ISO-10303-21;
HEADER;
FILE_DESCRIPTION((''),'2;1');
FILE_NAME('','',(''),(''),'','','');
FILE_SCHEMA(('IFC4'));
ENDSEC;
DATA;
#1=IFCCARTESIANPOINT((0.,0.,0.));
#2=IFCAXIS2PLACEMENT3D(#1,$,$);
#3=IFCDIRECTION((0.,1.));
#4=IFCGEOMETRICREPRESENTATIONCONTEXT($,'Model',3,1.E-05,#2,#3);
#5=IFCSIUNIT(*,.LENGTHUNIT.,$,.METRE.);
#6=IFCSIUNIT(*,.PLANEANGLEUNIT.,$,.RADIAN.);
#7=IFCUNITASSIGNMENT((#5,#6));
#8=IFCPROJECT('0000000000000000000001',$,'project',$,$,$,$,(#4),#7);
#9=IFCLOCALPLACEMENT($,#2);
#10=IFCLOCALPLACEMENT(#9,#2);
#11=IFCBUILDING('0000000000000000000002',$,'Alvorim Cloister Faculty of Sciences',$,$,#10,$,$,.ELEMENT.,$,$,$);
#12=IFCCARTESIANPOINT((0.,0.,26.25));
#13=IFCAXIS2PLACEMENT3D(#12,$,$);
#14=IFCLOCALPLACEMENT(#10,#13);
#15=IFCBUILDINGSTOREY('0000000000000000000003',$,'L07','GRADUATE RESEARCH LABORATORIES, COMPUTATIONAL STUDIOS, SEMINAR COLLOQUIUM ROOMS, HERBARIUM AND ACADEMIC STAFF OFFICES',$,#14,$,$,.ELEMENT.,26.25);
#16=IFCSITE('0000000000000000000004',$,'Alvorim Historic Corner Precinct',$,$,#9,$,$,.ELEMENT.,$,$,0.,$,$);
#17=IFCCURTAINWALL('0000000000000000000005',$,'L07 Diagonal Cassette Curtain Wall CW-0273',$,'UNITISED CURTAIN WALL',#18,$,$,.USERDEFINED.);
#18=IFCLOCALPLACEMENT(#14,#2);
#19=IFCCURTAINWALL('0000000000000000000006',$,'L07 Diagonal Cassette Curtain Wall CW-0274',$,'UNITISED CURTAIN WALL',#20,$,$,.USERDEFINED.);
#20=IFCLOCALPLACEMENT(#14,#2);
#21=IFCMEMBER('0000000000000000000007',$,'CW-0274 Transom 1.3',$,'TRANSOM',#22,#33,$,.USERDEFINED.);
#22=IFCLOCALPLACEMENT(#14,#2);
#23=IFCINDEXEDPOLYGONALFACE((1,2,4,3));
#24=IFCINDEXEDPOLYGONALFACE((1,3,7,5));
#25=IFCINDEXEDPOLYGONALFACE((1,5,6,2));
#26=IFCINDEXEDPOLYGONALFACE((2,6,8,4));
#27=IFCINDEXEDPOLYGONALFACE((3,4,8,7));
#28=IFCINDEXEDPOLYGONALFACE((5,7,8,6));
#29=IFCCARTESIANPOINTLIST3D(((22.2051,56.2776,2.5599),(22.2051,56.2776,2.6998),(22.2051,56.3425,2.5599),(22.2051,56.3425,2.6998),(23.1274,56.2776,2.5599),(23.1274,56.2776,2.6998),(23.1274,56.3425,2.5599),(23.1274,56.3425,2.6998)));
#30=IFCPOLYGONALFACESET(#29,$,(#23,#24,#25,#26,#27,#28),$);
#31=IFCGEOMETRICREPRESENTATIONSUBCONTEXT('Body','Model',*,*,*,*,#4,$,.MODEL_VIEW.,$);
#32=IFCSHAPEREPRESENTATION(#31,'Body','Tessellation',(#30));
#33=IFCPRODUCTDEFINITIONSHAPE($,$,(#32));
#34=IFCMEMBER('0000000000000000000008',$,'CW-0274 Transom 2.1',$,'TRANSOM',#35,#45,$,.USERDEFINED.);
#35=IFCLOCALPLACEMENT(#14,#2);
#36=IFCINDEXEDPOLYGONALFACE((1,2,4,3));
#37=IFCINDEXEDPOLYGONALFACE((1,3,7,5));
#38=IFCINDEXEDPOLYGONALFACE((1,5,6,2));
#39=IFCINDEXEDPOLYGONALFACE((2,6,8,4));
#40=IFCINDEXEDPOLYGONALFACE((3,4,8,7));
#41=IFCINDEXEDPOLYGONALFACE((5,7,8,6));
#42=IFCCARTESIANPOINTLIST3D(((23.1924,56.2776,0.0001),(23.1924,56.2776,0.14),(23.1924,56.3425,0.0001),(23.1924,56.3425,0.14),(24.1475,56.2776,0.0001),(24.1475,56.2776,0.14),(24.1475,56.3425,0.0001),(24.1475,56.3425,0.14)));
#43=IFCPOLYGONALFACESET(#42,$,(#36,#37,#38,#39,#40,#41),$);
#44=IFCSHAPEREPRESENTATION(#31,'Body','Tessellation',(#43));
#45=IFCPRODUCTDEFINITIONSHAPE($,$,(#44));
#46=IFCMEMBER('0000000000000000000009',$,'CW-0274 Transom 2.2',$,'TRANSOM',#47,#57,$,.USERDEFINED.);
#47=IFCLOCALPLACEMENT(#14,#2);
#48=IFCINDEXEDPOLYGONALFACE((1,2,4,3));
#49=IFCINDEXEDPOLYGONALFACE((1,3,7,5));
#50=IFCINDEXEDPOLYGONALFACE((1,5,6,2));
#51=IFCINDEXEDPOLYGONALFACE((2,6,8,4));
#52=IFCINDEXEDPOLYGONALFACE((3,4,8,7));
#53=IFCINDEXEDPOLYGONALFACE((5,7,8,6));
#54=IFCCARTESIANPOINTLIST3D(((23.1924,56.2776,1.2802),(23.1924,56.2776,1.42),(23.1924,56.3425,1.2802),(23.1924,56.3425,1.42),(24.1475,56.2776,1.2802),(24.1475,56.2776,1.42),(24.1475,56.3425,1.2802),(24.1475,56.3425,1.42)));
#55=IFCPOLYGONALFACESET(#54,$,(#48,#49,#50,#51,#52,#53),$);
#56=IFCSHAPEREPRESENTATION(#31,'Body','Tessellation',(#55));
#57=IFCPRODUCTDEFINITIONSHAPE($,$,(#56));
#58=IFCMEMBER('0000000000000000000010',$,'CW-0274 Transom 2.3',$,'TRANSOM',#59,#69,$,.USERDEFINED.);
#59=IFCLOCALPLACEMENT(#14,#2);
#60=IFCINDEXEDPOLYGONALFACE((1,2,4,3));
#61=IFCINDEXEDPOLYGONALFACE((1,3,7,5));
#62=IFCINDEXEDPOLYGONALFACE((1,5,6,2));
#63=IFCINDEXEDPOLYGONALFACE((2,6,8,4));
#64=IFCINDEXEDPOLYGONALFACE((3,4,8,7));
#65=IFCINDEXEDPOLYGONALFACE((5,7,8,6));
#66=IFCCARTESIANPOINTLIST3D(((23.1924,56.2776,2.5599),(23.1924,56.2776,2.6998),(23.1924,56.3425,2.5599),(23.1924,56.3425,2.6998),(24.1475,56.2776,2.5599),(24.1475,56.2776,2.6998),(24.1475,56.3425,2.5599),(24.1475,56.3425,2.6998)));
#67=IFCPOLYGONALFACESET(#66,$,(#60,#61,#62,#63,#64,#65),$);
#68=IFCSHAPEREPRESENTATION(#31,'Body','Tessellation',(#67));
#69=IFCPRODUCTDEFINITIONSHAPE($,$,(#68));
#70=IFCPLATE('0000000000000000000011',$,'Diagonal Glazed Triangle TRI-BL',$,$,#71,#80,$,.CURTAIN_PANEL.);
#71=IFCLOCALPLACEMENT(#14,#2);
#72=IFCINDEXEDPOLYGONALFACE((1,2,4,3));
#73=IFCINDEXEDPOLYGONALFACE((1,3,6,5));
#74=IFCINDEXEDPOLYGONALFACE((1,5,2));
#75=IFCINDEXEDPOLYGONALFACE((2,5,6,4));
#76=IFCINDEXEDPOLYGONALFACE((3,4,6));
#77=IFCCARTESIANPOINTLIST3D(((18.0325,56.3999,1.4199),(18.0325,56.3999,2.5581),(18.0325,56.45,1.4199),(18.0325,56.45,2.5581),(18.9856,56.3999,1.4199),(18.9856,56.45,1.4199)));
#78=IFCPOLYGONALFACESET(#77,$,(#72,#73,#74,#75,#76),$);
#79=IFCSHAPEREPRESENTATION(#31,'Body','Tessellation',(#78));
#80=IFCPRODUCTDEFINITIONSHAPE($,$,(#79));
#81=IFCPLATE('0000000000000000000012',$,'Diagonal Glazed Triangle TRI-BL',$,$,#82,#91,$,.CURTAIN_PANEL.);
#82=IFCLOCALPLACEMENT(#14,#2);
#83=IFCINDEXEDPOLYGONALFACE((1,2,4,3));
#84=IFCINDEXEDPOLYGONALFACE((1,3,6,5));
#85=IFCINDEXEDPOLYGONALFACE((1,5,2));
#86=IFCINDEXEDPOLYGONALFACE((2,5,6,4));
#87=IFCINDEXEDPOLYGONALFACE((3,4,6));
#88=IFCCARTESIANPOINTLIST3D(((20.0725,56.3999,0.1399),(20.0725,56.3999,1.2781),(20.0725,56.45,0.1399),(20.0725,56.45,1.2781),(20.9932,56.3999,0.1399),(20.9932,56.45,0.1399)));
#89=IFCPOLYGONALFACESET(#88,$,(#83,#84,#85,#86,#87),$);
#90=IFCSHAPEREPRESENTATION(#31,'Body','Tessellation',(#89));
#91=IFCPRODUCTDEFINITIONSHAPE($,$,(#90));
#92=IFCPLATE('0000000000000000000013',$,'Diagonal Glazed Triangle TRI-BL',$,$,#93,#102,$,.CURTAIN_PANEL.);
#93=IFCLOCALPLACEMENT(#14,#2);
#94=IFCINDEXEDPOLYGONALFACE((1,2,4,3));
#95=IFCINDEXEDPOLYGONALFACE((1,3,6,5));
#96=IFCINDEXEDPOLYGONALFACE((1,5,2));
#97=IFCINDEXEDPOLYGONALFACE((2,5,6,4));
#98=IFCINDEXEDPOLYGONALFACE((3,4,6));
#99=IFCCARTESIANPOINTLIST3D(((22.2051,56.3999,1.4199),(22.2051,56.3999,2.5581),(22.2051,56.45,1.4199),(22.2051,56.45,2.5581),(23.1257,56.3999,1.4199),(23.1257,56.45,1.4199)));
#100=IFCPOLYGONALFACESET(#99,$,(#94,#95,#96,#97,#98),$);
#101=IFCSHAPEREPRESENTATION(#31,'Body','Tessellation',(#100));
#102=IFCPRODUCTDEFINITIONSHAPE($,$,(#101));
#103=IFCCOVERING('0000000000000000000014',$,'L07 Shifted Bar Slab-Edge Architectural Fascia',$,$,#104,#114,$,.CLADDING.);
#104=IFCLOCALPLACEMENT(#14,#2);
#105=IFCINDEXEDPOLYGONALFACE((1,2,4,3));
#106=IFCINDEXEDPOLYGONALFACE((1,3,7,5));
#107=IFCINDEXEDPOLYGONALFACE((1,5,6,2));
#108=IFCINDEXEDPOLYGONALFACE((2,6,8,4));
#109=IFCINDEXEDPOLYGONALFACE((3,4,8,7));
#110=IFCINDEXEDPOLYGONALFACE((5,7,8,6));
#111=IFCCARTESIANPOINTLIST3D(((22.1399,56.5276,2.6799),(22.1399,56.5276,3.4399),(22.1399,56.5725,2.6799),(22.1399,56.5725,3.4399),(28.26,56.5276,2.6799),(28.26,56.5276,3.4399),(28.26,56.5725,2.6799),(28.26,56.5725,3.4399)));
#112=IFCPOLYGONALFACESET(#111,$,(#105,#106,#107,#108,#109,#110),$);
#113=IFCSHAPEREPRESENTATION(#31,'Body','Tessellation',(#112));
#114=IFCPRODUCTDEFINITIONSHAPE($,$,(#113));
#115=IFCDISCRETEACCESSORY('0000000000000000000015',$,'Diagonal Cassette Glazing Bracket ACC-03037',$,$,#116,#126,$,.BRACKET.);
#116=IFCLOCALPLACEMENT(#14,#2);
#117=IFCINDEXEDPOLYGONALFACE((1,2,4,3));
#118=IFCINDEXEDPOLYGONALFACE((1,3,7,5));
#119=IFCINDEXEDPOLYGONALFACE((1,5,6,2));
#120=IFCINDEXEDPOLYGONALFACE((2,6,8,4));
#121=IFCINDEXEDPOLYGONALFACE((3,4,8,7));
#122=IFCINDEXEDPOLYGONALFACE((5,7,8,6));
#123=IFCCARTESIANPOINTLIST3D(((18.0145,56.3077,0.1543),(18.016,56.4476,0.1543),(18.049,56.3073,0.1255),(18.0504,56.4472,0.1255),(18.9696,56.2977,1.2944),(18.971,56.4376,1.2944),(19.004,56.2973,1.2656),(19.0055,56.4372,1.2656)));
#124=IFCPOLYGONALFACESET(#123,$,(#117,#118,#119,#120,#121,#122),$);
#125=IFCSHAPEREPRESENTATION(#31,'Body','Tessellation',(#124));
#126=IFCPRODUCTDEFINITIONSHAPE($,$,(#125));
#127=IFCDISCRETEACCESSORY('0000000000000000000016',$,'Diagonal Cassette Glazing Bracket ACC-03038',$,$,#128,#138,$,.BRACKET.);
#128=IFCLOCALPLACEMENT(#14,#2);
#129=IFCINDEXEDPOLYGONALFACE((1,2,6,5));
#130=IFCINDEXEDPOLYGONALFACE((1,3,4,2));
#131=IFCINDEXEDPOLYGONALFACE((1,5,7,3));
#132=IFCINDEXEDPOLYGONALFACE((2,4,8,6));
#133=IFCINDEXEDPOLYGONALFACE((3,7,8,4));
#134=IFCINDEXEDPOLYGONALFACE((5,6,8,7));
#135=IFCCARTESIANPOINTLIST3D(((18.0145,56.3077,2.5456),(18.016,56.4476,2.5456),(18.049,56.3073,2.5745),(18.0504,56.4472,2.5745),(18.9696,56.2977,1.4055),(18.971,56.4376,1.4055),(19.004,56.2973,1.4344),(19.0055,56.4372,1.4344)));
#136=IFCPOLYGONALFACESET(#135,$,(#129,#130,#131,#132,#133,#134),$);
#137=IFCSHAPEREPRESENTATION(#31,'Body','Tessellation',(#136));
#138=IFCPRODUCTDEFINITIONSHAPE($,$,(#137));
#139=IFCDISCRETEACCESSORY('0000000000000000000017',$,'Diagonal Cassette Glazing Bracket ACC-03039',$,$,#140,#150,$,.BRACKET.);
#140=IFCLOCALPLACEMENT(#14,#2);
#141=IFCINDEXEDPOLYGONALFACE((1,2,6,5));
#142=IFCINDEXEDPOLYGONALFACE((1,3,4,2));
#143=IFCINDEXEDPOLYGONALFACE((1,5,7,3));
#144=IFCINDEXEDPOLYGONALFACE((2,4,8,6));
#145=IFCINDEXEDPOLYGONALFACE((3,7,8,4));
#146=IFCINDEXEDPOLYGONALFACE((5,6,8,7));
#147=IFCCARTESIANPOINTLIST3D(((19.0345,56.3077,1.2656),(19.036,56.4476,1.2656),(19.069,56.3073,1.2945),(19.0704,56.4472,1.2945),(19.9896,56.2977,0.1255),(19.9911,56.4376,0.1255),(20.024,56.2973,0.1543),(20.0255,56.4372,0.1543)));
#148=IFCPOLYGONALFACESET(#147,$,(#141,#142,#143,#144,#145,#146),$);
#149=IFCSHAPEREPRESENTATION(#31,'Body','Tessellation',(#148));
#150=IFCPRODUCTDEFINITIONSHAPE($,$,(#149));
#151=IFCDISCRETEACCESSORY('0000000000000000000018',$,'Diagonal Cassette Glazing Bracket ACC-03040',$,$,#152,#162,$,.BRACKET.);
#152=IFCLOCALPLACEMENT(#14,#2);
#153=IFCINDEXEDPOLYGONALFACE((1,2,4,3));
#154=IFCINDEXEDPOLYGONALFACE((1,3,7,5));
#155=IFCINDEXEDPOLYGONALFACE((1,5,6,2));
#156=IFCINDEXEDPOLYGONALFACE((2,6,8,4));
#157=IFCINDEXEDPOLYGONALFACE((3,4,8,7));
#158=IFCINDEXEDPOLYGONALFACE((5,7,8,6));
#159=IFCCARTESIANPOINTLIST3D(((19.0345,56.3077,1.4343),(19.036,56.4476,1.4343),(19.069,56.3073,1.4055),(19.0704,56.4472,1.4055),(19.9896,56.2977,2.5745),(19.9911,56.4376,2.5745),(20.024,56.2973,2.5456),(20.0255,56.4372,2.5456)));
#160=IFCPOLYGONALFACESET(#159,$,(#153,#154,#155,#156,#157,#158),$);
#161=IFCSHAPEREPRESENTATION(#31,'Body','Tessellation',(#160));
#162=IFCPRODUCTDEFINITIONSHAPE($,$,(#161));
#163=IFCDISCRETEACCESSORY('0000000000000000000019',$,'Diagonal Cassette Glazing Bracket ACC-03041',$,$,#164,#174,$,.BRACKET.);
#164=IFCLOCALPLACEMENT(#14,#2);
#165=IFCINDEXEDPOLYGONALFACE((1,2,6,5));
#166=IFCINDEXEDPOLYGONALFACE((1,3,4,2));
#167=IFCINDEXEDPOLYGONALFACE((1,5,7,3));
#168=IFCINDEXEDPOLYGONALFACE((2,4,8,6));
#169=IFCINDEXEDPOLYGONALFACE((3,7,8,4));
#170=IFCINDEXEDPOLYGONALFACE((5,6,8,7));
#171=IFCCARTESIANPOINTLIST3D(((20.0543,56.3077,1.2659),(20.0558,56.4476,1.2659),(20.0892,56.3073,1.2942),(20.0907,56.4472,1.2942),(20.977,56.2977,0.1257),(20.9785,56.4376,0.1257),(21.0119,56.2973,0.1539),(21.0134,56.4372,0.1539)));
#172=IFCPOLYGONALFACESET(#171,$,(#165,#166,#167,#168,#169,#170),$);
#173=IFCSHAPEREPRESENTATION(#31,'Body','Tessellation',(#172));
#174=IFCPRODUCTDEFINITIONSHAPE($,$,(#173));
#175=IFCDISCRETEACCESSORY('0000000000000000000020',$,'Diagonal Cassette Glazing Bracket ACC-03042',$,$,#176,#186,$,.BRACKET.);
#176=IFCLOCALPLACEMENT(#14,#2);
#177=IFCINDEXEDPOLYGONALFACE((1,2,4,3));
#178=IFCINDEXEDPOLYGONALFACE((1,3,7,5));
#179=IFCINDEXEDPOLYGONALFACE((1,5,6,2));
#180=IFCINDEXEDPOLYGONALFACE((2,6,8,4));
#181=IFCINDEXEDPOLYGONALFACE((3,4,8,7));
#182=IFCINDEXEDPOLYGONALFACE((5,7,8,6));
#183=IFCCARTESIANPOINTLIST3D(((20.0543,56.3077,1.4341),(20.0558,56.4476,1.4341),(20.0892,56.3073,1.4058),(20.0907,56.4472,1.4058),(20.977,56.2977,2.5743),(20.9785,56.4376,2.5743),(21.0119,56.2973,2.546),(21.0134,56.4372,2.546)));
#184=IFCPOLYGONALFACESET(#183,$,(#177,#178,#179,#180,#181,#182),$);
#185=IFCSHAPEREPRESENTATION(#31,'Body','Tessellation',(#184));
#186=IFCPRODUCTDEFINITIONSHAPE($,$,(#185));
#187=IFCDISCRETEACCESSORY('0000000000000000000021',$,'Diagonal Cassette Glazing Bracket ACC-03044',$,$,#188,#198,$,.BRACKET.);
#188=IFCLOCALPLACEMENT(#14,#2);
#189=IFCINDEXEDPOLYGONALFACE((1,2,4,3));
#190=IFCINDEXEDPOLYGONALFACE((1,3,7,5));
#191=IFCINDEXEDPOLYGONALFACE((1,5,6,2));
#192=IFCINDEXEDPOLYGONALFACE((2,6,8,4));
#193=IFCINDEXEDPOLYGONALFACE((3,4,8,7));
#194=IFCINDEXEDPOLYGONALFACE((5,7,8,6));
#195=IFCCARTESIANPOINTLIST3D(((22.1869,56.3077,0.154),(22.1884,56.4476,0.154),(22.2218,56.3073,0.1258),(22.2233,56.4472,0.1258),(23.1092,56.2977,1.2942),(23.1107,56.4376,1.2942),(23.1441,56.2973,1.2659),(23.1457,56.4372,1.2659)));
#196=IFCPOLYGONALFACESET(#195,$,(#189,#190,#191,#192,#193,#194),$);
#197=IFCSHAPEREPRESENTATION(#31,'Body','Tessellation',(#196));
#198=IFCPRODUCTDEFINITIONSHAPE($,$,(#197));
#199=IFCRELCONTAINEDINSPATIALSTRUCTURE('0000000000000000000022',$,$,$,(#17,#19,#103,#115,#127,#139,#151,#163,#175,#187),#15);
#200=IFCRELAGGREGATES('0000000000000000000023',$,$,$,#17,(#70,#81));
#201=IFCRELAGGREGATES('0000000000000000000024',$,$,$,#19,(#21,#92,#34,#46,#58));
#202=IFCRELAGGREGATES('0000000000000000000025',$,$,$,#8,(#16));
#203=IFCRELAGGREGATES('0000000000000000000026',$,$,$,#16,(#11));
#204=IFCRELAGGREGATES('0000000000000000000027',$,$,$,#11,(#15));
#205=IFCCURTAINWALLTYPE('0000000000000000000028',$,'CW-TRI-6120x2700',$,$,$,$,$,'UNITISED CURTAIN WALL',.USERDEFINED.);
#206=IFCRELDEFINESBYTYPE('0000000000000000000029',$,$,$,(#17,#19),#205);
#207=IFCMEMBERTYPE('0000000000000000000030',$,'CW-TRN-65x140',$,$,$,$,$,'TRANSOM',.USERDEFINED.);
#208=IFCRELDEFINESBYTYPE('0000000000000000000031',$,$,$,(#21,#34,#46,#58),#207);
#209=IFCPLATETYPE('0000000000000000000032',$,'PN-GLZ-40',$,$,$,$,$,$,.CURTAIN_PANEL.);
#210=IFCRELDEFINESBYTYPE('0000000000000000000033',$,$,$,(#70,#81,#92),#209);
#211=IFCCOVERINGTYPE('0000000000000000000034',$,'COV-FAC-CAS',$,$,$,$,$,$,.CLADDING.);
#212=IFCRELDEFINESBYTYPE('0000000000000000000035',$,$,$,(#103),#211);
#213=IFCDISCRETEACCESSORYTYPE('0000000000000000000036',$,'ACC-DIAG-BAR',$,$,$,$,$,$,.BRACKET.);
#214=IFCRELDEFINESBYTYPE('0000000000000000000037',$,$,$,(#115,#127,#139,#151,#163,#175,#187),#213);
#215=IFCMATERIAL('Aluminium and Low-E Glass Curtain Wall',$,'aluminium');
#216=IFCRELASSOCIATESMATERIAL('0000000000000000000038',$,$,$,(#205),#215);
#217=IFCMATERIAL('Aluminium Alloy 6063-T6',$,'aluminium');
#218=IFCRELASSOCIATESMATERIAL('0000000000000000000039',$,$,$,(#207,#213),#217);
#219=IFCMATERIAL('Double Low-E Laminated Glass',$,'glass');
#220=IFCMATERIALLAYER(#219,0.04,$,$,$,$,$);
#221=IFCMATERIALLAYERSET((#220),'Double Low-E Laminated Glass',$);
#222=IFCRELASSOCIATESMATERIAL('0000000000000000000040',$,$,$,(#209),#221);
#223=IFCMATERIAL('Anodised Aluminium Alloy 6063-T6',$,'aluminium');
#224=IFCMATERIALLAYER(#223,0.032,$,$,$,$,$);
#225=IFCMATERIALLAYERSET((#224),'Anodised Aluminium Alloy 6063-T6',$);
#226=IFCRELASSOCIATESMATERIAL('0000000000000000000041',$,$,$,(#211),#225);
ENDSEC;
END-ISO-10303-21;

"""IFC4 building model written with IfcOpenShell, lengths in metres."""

from ifc_helpers import new_model, si_unit, direction, frame, origin, origin_2d, place, context, subcontext, project, spatial, polyline, rectangle, outline, extrude, material, layer, layer_set, material_profile, profile_set, type_object, element, aggregate, save


model = new_model("IFC4")

# Units and contexts
model_context = context("Model", 3, precision=1e-05, world=origin(), true_north=direction((0.0, 1.0)))
body_context = subcontext(model_context, "Body", "Model", "MODEL_VIEW")
ifc_project = project(units=[si_unit("LENGTHUNIT", "METRE"), si_unit("PLANEANGLEUNIT", "RADIAN")], contexts=[model_context])

# Site, building, storey
site_placement = place(None, origin())
site = spatial("IfcSite", under=ifc_project, at=site_placement, Name="Alvorim Historic Corner Precinct", CompositionType="ELEMENT", RefElevation=0.0)
building_placement = place(site_placement, origin())
building = spatial("IfcBuilding", under=site, at=building_placement, Name="Alvorim Cloister Faculty of Sciences", CompositionType="ELEMENT")
storey_placement = place(building_placement, frame((0.0, 0.0, 26.25)))
storey = spatial("IfcBuildingStorey", under=building, at=storey_placement, Name="L07", Description="GRADUATE RESEARCH LABORATORIES, COMPUTATIONAL STUDIOS, SEMINAR COLLOQUIUM ROOMS, HERBARIUM AND ACADEMIC STAFF OFFICES", CompositionType="ELEMENT", Elevation=26.25)

# Curtain walls
ifc_material_1 = material(Name="Aluminium and Low-E Glass Curtain Wall", Category="aluminium")
curtain_wall_type = type_object("IfcCurtainWallType", Name="CW-TRI-6120x2700", ElementType="UNITISED CURTAIN WALL", PredefinedType="USERDEFINED", material=ifc_material_1)
curtain_wall_1_placement = place(storey_placement, origin())
curtain_wall_1 = element("IfcCurtainWall", 1, at=curtain_wall_1_placement, inside=storey, type_object=curtain_wall_type, Name="L07 Diagonal Cassette Curtain Wall CW-0273", ObjectType="UNITISED CURTAIN WALL", PredefinedType="USERDEFINED")
ifc_material_2 = material(Name="Aluminium Alloy 6063-T6", Category="aluminium")
curtain_wall_2_placement = place(storey_placement, origin())
curtain_wall_2 = element("IfcCurtainWall", 2, at=curtain_wall_2_placement, inside=storey, type_object=curtain_wall_type, Name="L07 Diagonal Cassette Curtain Wall CW-0274", ObjectType="UNITISED CURTAIN WALL", PredefinedType="USERDEFINED")

# Members
ifc_material_profile_1 = material_profile(ifc_material_2, rectangle(XDim=0.0649, YDim=0.1399, at=origin_2d()), Name="ALU-TRN-65x140")
ifc_profile_set_1 = profile_set([ifc_material_profile_1], Name="Aluminium Alloy 6063-T6")
member_type_1 = type_object("IfcMemberType", Name="CW-TRN-65x140", ElementType="TRANSOM", PredefinedType="USERDEFINED", material=ifc_profile_set_1)
member_1_placement = place(storey_placement, frame((22.2051, 56.3101, 2.6299), z_axis=(1.0, 0.0, 0.0), x_axis=(0.0, 1.0, 0.0)))
member_1 = element("IfcMember", 3, at=member_1_placement, type_object=member_type_1, Name="CW-0274 Transom 1.3", ObjectType="TRANSOM", PredefinedType="USERDEFINED", context=body_context, shape_type="SweptSolid", body=[
    extrude(rectangle(XDim=0.0649, YDim=0.1399, at=origin_2d()), origin(), (0.0, 0.0, 1.0), 0.9224),
])
member_2_placement = place(storey_placement, frame((23.1924, 56.3101, 0.0701), z_axis=(1.0, 0.0, 0.0), x_axis=(0.0, 1.0, 0.0)))
member_2 = element("IfcMember", 4, at=member_2_placement, type_object=member_type_1, Name="CW-0274 Transom 2.1", ObjectType="TRANSOM", PredefinedType="USERDEFINED", context=body_context, shape_type="SweptSolid", body=[
    extrude(rectangle(XDim=0.0649, YDim=0.1399, at=origin_2d()), origin(), (0.0, 0.0, 1.0), 0.9551),
])
member_3_placement = place(storey_placement, frame((23.1924, 56.3101, 1.3501), z_axis=(1.0, 0.0, 0.0), x_axis=(0.0, 1.0, 0.0)))
member_3 = element("IfcMember", 5, at=member_3_placement, type_object=member_type_1, Name="CW-0274 Transom 2.2", ObjectType="TRANSOM", PredefinedType="USERDEFINED", context=body_context, shape_type="SweptSolid", body=[
    extrude(rectangle(XDim=0.0649, YDim=0.1399, at=origin_2d()), origin(), (0.0, 0.0, 1.0), 0.9551),
])
member_4_placement = place(storey_placement, frame((23.1924, 56.3101, 2.6299), z_axis=(1.0, 0.0, 0.0), x_axis=(0.0, 1.0, 0.0)))
member_4 = element("IfcMember", 6, at=member_4_placement, type_object=member_type_1, Name="CW-0274 Transom 2.3", ObjectType="TRANSOM", PredefinedType="USERDEFINED", context=body_context, shape_type="SweptSolid", body=[
    extrude(rectangle(XDim=0.0649, YDim=0.1399, at=origin_2d()), origin(), (0.0, 0.0, 1.0), 0.9551),
])

# Plates
ifc_material_3 = material(Name="Double Low-E Laminated Glass", Category="glass")
ifc_layer_1 = layer(ifc_material_3, 0.04)
ifc_layer_set_1 = layer_set([ifc_layer_1], Name="Double Low-E Laminated Glass")
plate_type = type_object("IfcPlateType", Name="PN-GLZ-40", PredefinedType="CURTAIN_PANEL", material=ifc_layer_set_1)
plate_1_placement = place(storey_placement, frame((18.0325, 56.425, 1.4199), z_axis=(0.0, 0.0, 1.0), x_axis=(1.0, 0.0, 0.0)))
plate_1 = element("IfcPlate", 7, at=plate_1_placement, type_object=plate_type, Name="Diagonal Glazed Triangle TRI-BL", PredefinedType="CURTAIN_PANEL", context=body_context, shape_type="SweptSolid", body=[
    extrude(outline(polyline([(0.0, 0.0), (0.9531, 0.0), (0.0, 1.1382), (0.0, 0.0)])), frame((0.0, 0.0249, 0.0), z_axis=(0.0, -1.0, 0.0), x_axis=(1.0, 0.0, 0.0)), (0.0, 0.0, 1.0), 0.05),
])
plate_2_placement = place(storey_placement, frame((20.0725, 56.425, 0.1399), z_axis=(0.0, 0.0, 1.0), x_axis=(1.0, 0.0, 0.0)))
plate_2 = element("IfcPlate", 8, at=plate_2_placement, type_object=plate_type, Name="Diagonal Glazed Triangle TRI-BL", PredefinedType="CURTAIN_PANEL", context=body_context, shape_type="SweptSolid", body=[
    extrude(outline(polyline([(0.0, 0.0), (0.9207, 0.0), (0.0, 1.1382), (0.0, 0.0)])), frame((0.0, 0.0249, 0.0), z_axis=(0.0, -1.0, 0.0), x_axis=(1.0, 0.0, 0.0)), (0.0, 0.0, 1.0), 0.05),
])
aggregate(curtain_wall_1, [plate_1, plate_2])
plate_3_placement = place(storey_placement, frame((22.2051, 56.425, 1.4199), z_axis=(0.0, 0.0, 1.0), x_axis=(1.0, 0.0, 0.0)))
plate_3 = element("IfcPlate", 9, at=plate_3_placement, type_object=plate_type, Name="Diagonal Glazed Triangle TRI-BL", PredefinedType="CURTAIN_PANEL", context=body_context, shape_type="SweptSolid", body=[
    extrude(outline(polyline([(0.0, 0.0), (0.9207, 0.0), (0.0, 1.1382), (0.0, 0.0)])), frame((0.0, 0.0249, 0.0), z_axis=(0.0, -1.0, 0.0), x_axis=(1.0, 0.0, 0.0)), (0.0, 0.0, 1.0), 0.05),
])
aggregate(curtain_wall_2, [member_1, plate_3, member_2, member_3, member_4])

# Covering
ifc_material_4 = material(Name="Anodised Aluminium Alloy 6063-T6", Category="aluminium")
ifc_layer_2 = layer(ifc_material_4, 0.032)
ifc_layer_set_2 = layer_set([ifc_layer_2], Name="Anodised Aluminium Alloy 6063-T6")
covering_type = type_object("IfcCoveringType", Name="COV-FAC-CAS", PredefinedType="CLADDING", material=ifc_layer_set_2)
covering_placement = place(storey_placement, frame((22.1399, 56.55, 2.6799), z_axis=(0.0, 0.0, 1.0), x_axis=(1.0, 0.0, 0.0)))
element("IfcCovering", 10, at=covering_placement, inside=storey, type_object=covering_type, Name="L07 Shifted Bar Slab-Edge Architectural Fascia", PredefinedType="CLADDING", context=body_context, shape_type="SweptSolid", body=[
    extrude(outline(polyline([(0.0, 0.0), (6.1201, 0.0), (6.1201, 0.76), (0.0, 0.76), (0.0, 0.0)])), frame((0.0, 0.0225, 0.0), z_axis=(0.0, -1.0, 0.0), x_axis=(1.0, 0.0, 0.0)), (0.0, 0.0, 1.0), 0.0449),
])

# Discrete accessories
discrete_accessory_type = type_object("IfcDiscreteAccessoryType", Name="ACC-DIAG-BAR", PredefinedType="BRACKET", material=ifc_material_2)
for number, where, z_axis, x_axis, name in (
    (11, (18.0325, 56.3774, 0.1399), (0.642138, -0.00673, 0.76656), (0.01048, 0.999945, 0.0), "Diagonal Cassette Glazing Bracket ACC-03037"),
    (12, (18.0325, 56.3774, 2.5601), (0.642138, -0.00673, -0.76656), (0.01048, 0.999945, 0.0), "Diagonal Cassette Glazing Bracket ACC-03038"),
    (13, (19.0525, 56.3774, 1.28), (0.642138, -0.00673, -0.76656), (0.01048, 0.999945, 0.0), "Diagonal Cassette Glazing Bracket ACC-03039"),
    (14, (19.0525, 56.3774, 1.4199), (0.642138, -0.00673, 0.76656), (0.01048, 0.999945, 0.0), "Diagonal Cassette Glazing Bracket ACC-03040"),
):
    element("IfcDiscreteAccessory", number, at=place(storey_placement, frame(where, z_axis=z_axis, x_axis=x_axis)), inside=storey, type_object=discrete_accessory_type, Name=name, PredefinedType="BRACKET", context=body_context, shape_type="SweptSolid", body=[
        extrude(rectangle(XDim=0.1399, YDim=0.0449, at=origin_2d()), origin(), (0.0, 0.0, 1.0), 1.4873),
    ])
for number, where, z_axis, x_axis, name in (
    (15, (20.0725, 56.3774, 1.28), (0.629035, -0.006825, -0.777347), (0.010849, 0.999941, 0.0), "Diagonal Cassette Glazing Bracket ACC-03041"),
    (16, (20.0725, 56.3774, 1.4199), (0.629035, -0.006825, 0.777347), (0.010849, 0.999941, 0.0), "Diagonal Cassette Glazing Bracket ACC-03042"),
):
    element("IfcDiscreteAccessory", number, at=place(storey_placement, frame(where, z_axis=z_axis, x_axis=x_axis)), inside=storey, type_object=discrete_accessory_type, Name=name, PredefinedType="BRACKET", context=body_context, shape_type="SweptSolid", body=[
        extrude(rectangle(XDim=0.1399, YDim=0.0449, at=origin_2d()), origin(), (0.0, 0.0, 1.0), 1.4668),
    ])
for number, where, z_axis, x_axis, name in (
    (17, (22.2051, 56.3774, 0.1399), (0.628935, -0.006825, 0.777428), (0.010852, 0.999941, 0.0), "Diagonal Cassette Glazing Bracket ACC-03044"),
):
    element("IfcDiscreteAccessory", number, at=place(storey_placement, frame(where, z_axis=z_axis, x_axis=x_axis)), inside=storey, type_object=discrete_accessory_type, Name=name, PredefinedType="BRACKET", context=body_context, shape_type="SweptSolid", body=[
        extrude(rectangle(XDim=0.1399, YDim=0.0449, at=origin_2d()), origin(), (0.0, 0.0, 1.0), 1.4666),
    ])

save(model, "model.ifc")
